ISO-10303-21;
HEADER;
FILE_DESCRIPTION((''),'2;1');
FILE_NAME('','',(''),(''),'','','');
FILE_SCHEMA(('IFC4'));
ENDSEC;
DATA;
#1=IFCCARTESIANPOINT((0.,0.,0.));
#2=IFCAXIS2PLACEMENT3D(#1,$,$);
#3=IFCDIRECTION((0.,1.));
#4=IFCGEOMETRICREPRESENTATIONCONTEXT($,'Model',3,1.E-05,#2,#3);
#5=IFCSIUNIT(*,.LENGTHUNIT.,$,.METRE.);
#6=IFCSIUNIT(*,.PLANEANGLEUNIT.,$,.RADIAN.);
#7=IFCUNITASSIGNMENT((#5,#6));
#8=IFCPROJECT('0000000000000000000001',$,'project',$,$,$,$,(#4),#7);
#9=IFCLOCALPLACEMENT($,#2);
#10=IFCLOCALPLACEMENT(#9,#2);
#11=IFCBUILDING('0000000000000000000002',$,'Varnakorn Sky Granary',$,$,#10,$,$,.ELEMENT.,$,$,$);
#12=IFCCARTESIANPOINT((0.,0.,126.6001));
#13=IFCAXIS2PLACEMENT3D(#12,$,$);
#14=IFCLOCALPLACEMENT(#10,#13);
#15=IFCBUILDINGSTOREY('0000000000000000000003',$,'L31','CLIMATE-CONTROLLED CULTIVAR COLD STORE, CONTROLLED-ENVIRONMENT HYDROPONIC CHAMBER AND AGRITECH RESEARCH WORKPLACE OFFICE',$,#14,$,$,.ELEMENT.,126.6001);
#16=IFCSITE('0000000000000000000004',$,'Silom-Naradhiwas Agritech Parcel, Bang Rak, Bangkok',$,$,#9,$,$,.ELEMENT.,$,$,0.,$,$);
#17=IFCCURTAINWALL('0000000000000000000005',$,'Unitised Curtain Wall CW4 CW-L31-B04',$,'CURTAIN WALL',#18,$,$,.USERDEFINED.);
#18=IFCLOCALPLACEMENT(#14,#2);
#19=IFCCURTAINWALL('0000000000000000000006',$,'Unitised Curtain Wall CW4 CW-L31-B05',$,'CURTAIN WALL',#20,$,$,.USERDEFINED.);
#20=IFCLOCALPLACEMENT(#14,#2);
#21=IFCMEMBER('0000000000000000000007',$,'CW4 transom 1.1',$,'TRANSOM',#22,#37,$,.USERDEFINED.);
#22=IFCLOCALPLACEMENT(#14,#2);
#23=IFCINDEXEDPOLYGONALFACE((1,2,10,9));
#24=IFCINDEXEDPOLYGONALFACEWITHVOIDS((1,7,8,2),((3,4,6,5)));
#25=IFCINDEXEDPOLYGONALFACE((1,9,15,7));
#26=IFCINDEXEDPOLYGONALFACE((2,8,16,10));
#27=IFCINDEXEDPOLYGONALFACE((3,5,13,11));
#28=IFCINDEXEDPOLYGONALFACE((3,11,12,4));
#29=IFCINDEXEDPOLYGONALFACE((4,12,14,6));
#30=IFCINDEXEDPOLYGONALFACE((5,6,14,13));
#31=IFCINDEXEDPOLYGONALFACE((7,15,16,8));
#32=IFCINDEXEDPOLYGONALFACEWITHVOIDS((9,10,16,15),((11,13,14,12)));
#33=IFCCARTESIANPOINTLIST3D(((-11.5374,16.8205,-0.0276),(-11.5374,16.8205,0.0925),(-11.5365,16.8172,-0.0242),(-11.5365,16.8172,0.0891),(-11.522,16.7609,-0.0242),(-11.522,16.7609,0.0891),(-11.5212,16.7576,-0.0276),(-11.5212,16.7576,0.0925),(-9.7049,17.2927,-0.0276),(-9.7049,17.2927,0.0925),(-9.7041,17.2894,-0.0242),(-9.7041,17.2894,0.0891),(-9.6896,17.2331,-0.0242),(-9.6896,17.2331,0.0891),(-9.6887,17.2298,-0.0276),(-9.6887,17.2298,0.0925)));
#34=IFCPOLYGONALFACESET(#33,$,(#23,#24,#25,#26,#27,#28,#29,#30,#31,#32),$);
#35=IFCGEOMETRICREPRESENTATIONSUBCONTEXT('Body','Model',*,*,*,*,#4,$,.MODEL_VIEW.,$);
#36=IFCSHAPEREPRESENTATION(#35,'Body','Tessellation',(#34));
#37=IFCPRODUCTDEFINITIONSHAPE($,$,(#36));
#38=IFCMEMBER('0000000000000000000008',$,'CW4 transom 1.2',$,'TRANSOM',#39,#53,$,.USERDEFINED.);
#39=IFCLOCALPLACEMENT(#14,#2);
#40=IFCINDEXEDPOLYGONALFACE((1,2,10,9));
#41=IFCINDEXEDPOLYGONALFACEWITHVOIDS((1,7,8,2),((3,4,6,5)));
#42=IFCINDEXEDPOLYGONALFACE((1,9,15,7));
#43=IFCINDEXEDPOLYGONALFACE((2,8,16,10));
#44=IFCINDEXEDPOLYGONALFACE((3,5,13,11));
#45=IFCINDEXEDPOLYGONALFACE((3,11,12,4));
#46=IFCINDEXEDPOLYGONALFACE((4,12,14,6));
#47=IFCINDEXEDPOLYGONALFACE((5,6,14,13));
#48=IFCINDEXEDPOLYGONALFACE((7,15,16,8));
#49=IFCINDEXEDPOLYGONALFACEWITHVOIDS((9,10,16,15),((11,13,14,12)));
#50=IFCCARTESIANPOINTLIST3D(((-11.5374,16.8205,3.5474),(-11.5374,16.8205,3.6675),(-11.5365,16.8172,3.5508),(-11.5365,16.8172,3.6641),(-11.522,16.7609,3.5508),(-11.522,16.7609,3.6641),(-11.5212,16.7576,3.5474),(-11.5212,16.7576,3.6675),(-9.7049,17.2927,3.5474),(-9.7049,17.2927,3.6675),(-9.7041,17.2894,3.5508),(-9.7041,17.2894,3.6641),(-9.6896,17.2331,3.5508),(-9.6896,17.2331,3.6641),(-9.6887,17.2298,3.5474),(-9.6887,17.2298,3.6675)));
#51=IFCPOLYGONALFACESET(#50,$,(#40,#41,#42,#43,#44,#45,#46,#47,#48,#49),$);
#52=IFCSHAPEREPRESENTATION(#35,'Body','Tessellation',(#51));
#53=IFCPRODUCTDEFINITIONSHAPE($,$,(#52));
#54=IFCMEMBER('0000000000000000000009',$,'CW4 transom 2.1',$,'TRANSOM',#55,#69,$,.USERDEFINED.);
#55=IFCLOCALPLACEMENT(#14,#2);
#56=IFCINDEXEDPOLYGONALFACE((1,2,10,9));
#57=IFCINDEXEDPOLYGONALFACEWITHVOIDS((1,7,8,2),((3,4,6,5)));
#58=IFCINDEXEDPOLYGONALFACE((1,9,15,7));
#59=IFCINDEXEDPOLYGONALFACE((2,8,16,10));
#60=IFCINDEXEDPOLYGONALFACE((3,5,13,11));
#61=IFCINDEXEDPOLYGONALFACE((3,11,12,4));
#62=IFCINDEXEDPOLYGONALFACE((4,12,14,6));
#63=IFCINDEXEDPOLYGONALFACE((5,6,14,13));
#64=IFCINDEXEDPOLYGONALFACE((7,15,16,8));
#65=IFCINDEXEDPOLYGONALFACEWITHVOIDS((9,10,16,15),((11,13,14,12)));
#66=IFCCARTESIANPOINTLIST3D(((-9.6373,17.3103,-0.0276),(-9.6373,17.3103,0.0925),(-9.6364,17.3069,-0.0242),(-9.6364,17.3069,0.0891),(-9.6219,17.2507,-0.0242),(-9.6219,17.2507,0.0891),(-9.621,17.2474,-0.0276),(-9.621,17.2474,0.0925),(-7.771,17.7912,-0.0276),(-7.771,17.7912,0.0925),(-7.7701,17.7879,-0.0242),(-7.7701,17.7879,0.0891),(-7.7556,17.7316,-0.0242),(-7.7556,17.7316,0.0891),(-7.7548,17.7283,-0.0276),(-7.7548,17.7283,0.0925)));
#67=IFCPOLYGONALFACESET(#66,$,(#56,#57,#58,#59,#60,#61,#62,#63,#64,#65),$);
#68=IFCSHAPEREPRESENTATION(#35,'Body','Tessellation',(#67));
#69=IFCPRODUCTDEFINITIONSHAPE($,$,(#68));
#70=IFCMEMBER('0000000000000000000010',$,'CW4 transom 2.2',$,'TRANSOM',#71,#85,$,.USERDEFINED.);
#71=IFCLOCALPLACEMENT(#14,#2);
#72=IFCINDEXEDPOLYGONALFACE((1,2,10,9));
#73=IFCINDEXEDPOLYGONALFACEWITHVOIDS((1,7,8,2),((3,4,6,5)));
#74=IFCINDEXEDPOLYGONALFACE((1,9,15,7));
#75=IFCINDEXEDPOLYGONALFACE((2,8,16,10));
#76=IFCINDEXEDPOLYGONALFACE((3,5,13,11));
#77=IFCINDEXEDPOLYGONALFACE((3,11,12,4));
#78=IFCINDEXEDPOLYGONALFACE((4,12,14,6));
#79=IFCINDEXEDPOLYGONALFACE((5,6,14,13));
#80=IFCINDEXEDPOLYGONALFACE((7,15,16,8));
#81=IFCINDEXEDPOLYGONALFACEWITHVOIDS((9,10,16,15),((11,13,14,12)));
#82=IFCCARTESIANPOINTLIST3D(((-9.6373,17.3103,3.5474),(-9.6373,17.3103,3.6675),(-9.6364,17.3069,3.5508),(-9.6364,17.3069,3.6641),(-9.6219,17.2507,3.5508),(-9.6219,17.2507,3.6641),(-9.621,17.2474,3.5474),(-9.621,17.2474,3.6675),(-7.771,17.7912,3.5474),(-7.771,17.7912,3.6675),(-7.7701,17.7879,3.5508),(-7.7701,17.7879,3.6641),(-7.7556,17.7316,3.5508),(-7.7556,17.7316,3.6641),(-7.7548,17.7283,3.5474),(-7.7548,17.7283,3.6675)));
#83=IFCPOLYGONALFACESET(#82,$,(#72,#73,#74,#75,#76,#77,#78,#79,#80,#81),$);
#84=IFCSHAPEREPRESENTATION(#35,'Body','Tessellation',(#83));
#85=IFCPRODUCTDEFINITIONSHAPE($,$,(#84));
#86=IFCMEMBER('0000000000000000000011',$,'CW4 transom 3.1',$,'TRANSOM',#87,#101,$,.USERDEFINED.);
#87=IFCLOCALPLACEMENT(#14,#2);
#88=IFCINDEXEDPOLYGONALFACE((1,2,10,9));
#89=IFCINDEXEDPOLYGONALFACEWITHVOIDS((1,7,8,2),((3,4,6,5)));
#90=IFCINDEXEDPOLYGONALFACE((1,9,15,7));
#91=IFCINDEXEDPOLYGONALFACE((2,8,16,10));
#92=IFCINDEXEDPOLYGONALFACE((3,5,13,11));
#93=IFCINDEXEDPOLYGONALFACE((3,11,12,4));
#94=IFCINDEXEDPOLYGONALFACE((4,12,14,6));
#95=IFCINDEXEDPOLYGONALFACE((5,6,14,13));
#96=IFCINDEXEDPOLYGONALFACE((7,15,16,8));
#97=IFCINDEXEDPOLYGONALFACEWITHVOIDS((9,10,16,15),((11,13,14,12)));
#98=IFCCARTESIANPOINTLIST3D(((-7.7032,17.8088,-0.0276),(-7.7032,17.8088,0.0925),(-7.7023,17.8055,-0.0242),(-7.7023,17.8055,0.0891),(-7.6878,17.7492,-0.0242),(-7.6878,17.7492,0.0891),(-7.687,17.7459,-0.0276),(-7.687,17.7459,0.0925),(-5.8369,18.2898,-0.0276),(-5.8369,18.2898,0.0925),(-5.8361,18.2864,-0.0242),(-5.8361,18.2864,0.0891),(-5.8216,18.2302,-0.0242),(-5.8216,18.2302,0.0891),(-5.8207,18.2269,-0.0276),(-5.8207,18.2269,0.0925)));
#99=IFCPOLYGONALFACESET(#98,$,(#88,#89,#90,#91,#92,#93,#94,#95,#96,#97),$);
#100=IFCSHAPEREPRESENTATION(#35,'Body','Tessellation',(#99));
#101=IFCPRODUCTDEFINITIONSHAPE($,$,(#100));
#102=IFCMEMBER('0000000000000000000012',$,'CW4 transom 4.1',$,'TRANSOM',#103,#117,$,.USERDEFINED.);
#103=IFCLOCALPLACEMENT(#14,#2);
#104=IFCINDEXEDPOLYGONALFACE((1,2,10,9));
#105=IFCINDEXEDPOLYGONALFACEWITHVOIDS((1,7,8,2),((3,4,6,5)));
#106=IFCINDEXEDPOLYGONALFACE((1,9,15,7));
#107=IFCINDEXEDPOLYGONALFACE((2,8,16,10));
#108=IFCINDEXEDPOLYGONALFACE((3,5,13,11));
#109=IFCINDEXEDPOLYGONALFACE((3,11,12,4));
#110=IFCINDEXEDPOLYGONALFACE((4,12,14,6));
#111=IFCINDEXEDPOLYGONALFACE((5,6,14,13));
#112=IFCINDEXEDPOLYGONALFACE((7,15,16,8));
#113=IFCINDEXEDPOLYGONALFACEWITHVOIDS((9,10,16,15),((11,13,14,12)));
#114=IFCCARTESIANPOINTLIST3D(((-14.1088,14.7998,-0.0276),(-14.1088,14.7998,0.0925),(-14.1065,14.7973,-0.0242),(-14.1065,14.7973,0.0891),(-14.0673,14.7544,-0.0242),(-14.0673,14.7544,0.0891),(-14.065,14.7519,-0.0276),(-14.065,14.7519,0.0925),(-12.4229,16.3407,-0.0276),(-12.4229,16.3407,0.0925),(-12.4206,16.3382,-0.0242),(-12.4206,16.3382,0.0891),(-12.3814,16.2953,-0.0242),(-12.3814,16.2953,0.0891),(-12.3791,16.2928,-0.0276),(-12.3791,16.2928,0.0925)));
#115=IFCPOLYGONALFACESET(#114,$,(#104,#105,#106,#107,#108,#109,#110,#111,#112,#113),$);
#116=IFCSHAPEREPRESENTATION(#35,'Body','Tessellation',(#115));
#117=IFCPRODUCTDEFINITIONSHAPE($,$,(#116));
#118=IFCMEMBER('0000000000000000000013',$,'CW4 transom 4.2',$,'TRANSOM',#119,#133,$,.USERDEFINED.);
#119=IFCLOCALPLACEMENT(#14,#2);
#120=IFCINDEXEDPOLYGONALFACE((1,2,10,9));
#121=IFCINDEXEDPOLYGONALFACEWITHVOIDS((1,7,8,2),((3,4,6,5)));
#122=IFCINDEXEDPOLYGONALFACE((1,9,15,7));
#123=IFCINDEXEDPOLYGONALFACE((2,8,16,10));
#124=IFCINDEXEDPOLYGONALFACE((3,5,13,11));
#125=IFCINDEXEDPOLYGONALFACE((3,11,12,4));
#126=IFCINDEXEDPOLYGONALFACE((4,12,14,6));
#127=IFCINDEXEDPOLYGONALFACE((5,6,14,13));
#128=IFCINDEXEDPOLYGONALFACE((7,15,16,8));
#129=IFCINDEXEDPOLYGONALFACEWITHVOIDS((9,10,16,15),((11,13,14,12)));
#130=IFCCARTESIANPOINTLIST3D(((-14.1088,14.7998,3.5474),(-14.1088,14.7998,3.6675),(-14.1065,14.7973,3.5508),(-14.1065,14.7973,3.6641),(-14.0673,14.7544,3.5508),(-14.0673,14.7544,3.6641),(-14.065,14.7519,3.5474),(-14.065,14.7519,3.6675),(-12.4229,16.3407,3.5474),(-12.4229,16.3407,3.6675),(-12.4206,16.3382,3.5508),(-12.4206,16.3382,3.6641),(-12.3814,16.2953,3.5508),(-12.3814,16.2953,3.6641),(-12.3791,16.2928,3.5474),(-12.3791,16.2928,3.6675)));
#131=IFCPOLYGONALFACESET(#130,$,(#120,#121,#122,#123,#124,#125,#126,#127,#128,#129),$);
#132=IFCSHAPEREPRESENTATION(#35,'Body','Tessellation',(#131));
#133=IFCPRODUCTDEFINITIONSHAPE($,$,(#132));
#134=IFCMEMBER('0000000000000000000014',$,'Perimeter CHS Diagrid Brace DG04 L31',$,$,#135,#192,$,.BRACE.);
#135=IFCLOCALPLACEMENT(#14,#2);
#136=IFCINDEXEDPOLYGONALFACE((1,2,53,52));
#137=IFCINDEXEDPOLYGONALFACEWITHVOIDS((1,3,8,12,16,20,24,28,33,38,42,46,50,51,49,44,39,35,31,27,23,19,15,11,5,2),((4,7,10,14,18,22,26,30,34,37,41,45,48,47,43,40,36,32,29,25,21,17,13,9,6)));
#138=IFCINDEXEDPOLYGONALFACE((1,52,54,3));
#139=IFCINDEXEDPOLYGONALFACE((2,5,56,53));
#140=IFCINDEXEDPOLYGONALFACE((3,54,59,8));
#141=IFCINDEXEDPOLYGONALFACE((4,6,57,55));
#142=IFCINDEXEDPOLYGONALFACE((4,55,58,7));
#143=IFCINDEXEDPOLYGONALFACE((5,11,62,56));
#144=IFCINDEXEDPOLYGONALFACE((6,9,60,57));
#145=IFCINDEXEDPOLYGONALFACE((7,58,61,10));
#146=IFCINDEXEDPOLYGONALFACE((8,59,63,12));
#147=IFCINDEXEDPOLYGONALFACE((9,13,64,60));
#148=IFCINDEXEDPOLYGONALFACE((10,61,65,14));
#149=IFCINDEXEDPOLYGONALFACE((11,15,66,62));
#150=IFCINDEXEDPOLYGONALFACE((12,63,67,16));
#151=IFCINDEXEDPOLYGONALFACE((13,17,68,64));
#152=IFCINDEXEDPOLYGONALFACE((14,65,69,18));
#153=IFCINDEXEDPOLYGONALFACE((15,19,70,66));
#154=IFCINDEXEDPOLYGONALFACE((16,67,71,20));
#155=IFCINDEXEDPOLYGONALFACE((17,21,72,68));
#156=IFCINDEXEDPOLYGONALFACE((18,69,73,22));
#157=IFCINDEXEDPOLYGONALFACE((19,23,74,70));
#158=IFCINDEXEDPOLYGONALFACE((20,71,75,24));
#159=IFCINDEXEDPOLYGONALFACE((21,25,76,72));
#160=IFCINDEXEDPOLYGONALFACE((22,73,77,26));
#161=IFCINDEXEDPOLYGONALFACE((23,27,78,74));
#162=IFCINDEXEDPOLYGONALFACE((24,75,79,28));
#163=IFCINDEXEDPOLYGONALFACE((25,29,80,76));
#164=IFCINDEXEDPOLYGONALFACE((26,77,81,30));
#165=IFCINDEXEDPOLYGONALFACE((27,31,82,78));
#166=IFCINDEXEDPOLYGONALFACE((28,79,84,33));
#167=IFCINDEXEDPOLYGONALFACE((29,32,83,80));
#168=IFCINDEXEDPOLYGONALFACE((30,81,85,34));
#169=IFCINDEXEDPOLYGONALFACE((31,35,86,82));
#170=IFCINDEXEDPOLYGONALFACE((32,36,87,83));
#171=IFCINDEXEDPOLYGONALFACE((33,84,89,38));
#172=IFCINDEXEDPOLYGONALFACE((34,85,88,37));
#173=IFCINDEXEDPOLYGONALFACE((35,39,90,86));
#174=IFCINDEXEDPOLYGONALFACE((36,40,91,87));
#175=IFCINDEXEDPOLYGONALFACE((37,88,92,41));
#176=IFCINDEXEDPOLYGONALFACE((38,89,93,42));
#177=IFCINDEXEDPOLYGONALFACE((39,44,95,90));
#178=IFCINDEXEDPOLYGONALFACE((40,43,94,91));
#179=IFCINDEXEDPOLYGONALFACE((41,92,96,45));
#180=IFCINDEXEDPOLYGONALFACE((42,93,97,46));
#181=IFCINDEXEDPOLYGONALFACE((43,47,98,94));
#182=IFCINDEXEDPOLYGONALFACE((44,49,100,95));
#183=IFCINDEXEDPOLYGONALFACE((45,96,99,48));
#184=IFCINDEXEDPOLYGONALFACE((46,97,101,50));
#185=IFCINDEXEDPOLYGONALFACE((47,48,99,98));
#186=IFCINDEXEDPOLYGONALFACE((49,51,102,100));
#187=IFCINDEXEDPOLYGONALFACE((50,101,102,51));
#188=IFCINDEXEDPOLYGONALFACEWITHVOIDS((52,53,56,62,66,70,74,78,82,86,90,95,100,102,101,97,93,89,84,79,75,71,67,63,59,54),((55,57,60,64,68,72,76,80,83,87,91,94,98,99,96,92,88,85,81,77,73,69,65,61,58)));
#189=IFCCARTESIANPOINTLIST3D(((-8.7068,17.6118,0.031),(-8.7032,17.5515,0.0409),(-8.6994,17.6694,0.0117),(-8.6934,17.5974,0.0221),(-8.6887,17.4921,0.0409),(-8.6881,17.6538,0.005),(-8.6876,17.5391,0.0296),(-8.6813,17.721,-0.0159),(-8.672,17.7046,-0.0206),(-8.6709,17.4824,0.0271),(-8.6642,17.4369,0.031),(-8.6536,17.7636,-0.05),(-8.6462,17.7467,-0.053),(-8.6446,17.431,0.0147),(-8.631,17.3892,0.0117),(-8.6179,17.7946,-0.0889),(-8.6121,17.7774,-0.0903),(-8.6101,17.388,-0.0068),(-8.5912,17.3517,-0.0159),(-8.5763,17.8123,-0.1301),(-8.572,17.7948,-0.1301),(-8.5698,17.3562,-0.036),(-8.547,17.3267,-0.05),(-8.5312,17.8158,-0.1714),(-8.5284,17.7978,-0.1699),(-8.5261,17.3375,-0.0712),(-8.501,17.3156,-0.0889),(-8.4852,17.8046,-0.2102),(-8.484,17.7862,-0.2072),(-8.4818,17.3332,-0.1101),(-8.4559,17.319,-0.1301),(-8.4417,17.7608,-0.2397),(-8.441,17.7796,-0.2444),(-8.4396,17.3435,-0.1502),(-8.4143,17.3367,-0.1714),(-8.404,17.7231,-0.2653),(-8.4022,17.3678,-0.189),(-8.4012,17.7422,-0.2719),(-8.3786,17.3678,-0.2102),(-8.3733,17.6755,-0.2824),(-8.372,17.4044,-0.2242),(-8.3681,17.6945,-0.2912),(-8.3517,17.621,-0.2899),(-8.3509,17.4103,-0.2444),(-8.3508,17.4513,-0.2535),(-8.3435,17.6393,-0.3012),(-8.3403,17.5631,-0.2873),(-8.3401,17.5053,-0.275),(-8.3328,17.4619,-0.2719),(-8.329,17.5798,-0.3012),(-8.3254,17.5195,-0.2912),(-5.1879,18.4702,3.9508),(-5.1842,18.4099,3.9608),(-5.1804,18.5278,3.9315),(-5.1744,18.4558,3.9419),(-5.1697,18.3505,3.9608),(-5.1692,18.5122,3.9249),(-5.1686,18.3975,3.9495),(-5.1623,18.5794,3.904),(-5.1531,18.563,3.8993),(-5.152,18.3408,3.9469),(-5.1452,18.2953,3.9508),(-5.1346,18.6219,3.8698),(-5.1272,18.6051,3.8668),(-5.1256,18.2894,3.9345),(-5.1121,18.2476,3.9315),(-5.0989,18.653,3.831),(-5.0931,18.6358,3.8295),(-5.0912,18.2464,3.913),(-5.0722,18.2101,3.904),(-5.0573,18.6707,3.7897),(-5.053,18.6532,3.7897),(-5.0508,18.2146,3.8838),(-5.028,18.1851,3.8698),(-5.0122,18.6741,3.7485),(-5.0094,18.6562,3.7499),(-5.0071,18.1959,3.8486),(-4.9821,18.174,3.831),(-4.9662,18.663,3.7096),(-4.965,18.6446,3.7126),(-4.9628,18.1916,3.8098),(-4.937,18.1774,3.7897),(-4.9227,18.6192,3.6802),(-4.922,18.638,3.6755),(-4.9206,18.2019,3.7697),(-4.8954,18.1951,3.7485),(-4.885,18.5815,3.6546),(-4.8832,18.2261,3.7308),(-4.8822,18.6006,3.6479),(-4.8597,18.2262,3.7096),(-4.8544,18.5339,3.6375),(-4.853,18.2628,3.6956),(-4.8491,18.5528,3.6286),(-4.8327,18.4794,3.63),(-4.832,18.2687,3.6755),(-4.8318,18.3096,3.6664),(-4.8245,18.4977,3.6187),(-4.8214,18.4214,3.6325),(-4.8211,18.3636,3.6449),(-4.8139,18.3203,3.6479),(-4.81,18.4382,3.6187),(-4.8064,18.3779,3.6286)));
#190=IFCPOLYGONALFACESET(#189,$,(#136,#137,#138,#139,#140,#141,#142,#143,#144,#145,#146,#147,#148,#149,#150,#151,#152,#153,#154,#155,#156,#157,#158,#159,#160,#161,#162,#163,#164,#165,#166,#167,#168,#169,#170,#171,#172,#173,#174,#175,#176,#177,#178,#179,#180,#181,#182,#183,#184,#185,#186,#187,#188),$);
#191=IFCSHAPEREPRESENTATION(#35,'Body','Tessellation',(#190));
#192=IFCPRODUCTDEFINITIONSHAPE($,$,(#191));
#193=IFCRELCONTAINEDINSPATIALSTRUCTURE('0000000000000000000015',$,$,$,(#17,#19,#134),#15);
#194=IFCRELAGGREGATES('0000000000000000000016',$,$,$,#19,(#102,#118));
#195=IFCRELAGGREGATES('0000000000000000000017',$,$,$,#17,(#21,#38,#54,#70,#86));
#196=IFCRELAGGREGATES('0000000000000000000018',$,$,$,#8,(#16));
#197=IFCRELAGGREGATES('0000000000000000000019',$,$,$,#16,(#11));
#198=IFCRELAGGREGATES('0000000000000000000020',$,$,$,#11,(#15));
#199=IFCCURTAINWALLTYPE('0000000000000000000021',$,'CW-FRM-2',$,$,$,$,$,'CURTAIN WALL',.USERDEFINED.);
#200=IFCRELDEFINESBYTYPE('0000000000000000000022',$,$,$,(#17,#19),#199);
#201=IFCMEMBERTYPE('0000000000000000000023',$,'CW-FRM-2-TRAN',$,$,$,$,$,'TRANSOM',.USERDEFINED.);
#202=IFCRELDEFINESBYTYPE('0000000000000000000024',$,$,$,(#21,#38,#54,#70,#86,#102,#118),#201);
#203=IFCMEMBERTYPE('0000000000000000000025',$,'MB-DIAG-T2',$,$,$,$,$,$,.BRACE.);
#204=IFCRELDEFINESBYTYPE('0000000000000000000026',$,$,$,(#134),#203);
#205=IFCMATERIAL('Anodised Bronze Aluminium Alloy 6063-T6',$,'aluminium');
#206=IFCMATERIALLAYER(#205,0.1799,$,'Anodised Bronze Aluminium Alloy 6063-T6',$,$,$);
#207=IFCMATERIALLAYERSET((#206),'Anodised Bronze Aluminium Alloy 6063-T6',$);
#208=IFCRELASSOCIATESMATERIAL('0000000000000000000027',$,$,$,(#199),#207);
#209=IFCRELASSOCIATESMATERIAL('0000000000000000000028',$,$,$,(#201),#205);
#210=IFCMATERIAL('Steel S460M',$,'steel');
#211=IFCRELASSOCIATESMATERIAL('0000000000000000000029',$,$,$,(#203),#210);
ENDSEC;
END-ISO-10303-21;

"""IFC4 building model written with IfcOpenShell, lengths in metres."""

from ifc_helpers import new_model, si_unit, direction, frame, origin, origin_2d, place, context, subcontext, project, spatial, hollow_rectangle, hollow_circle, extrude, material, layer, layer_set, material_profile, profile_set, type_object, element, aggregate, save


model = new_model("IFC4")

# Units and contexts
model_context = context("Model", 3, precision=1e-05, world=origin(), true_north=direction((0.0, 1.0)))
body_context = subcontext(model_context, "Body", "Model", "MODEL_VIEW")
ifc_project = project(units=[si_unit("LENGTHUNIT", "METRE"), si_unit("PLANEANGLEUNIT", "RADIAN")], contexts=[model_context])

# Site, building, storey
site_placement = place(None, origin())
site = spatial("IfcSite", under=ifc_project, at=site_placement, Name="Silom-Naradhiwas Agritech Parcel, Bang Rak, Bangkok", CompositionType="ELEMENT", RefElevation=0.0)
building_placement = place(site_placement, origin())
building = spatial("IfcBuilding", under=site, at=building_placement, Name="Varnakorn Sky Granary", CompositionType="ELEMENT")
storey_placement = place(building_placement, frame((0.0, 0.0, 126.6001)))
storey = spatial("IfcBuildingStorey", under=building, at=storey_placement, Name="L31", Description="CLIMATE-CONTROLLED CULTIVAR COLD STORE, CONTROLLED-ENVIRONMENT HYDROPONIC CHAMBER AND AGRITECH RESEARCH WORKPLACE OFFICE", CompositionType="ELEMENT", Elevation=126.6001)

# Shared definitions
ifc_material_1 = material(Name="Steel S460M", Category="steel")

# Curtain walls
ifc_material_2 = material(Name="Anodised Bronze Aluminium Alloy 6063-T6", Category="aluminium")
ifc_layer_1 = layer(ifc_material_2, 0.1799, Name="Anodised Bronze Aluminium Alloy 6063-T6")
ifc_layer_set_1 = layer_set([ifc_layer_1], Name="Anodised Bronze Aluminium Alloy 6063-T6")
curtain_wall_type = type_object("IfcCurtainWallType", Name="CW-FRM-2", ElementType="CURTAIN WALL", PredefinedType="USERDEFINED", material=ifc_layer_set_1)
curtain_wall_1_placement = place(storey_placement, origin())
curtain_wall_1 = element("IfcCurtainWall", 1, at=curtain_wall_1_placement, inside=storey, type_object=curtain_wall_type, Name="Unitised Curtain Wall CW4 CW-L31-B04", ObjectType="CURTAIN WALL", PredefinedType="USERDEFINED")
curtain_wall_2_placement = place(storey_placement, origin())
curtain_wall_2 = element("IfcCurtainWall", 2, at=curtain_wall_2_placement, inside=storey, type_object=curtain_wall_type, Name="Unitised Curtain Wall CW4 CW-L31-B05", ObjectType="CURTAIN WALL", PredefinedType="USERDEFINED")

# Members
ifc_material_profile_1 = material_profile(ifc_material_2, hollow_rectangle(XDim=0.0649, YDim=0.1201, WallThickness=0.0034, at=origin_2d()), Name="ALU TRAN 65x120")
ifc_profile_set_1 = profile_set([ifc_material_profile_1], Name="Anodised Bronze Aluminium Alloy 6063-T6")
member_type_1 = type_object("IfcMemberType", Name="CW-FRM-2-TRAN", ElementType="TRANSOM", PredefinedType="USERDEFINED", material=ifc_profile_set_1)
member_1_placement = place(storey_placement, frame((-11.5293, 16.7891, 0.0325), z_axis=(0.968372, 0.249511, 0.0), x_axis=(-0.249511, 0.968372, 0.0)))
member_1 = element("IfcMember", 3, at=member_1_placement, type_object=member_type_1, Name="CW4 transom 1.1", ObjectType="TRANSOM", PredefinedType="USERDEFINED", context=body_context, shape_type="SweptSolid", body=[
    extrude(hollow_rectangle(XDim=0.0649, YDim=0.1201, WallThickness=0.0034, at=origin_2d()), origin(), (0.0, 0.0, 1.0), 1.8923),
])
member_2_placement = place(storey_placement, frame((-11.5293, 16.7891, 3.6074), z_axis=(0.968372, 0.249511, 0.0), x_axis=(-0.249511, 0.968372, 0.0)))
member_2 = element("IfcMember", 4, at=member_2_placement, type_object=member_type_1, Name="CW4 transom 1.2", ObjectType="TRANSOM", PredefinedType="USERDEFINED", context=body_context, shape_type="SweptSolid", body=[
    extrude(hollow_rectangle(XDim=0.0649, YDim=0.1201, WallThickness=0.0034, at=origin_2d()), origin(), (0.0, 0.0, 1.0), 1.8923),
])
member_3_placement = place(storey_placement, frame((-9.6292, 17.2788, 0.0325), z_axis=(0.968358, 0.249564, 0.0), x_axis=(-0.249564, 0.968358, 0.0)))
member_3 = element("IfcMember", 5, at=member_3_placement, type_object=member_type_1, Name="CW4 transom 2.1", ObjectType="TRANSOM", PredefinedType="USERDEFINED", context=body_context, shape_type="SweptSolid", body=[
    extrude(hollow_rectangle(XDim=0.0649, YDim=0.1201, WallThickness=0.0034, at=origin_2d()), origin(), (0.0, 0.0, 1.0), 1.9272),
])
member_4_placement = place(storey_placement, frame((-9.6292, 17.2788, 3.6074), z_axis=(0.968358, 0.249564, 0.0), x_axis=(-0.249564, 0.968358, 0.0)))
member_4 = element("IfcMember", 6, at=member_4_placement, type_object=member_type_1, Name="CW4 transom 2.2", ObjectType="TRANSOM", PredefinedType="USERDEFINED", context=body_context, shape_type="SweptSolid", body=[
    extrude(hollow_rectangle(XDim=0.0649, YDim=0.1201, WallThickness=0.0034, at=origin_2d()), origin(), (0.0, 0.0, 1.0), 1.9272),
])
member_5_placement = place(storey_placement, frame((-7.6951, 17.7773, 0.0325), z_axis=(0.968358, 0.249564, 0.0), x_axis=(-0.249564, 0.968358, 0.0)))
member_5 = element("IfcMember", 7, at=member_5_placement, type_object=member_type_1, Name="CW4 transom 3.1", ObjectType="TRANSOM", PredefinedType="USERDEFINED", context=body_context, shape_type="SweptSolid", body=[
    extrude(hollow_rectangle(XDim=0.0649, YDim=0.1201, WallThickness=0.0034, at=origin_2d()), origin(), (0.0, 0.0, 1.0), 1.9272),
])
member_6_placement = place(storey_placement, frame((-14.0869, 14.7759, 0.0325), z_axis=(0.738143, 0.674644, 0.0), x_axis=(-0.674644, 0.738143, 0.0)))
member_6 = element("IfcMember", 8, at=member_6_placement, type_object=member_type_1, Name="CW4 transom 4.1", ObjectType="TRANSOM", PredefinedType="USERDEFINED", context=body_context, shape_type="SweptSolid", body=[
    extrude(hollow_rectangle(XDim=0.0649, YDim=0.1201, WallThickness=0.0034, at=origin_2d()), origin(), (0.0, 0.0, 1.0), 2.2839),
])
member_7_placement = place(storey_placement, frame((-14.0869, 14.7759, 3.6074), z_axis=(0.738143, 0.674644, 0.0), x_axis=(-0.674644, 0.738143, 0.0)))
member_7 = element("IfcMember", 9, at=member_7_placement, type_object=member_type_1, Name="CW4 transom 4.2", ObjectType="TRANSOM", PredefinedType="USERDEFINED", context=body_context, shape_type="SweptSolid", body=[
    extrude(hollow_rectangle(XDim=0.0649, YDim=0.1201, WallThickness=0.0034, at=origin_2d()), origin(), (0.0, 0.0, 1.0), 2.2839),
])

# Member
ifc_material_profile_2 = material_profile(ifc_material_1, hollow_circle(Radius=0.2539, WallThickness=0.0181, at=origin_2d()), Name="CHS 508x18")
ifc_profile_set_2 = profile_set([ifc_material_profile_2], Name="Steel S460M")
member_type_2 = type_object("IfcMemberType", Name="MB-DIAG-T2", PredefinedType="BRACE", material=ifc_profile_set_2)
member_8_placement = place(storey_placement, frame((-8.5161, 17.5657, -0.1301), z_axis=(0.659336, 0.160831, 0.734445), x_axis=(-0.236981, 0.971514, 0.0)))
element("IfcMember", 10, at=member_8_placement, inside=storey, type_object=member_type_2, Name="Perimeter CHS Diagrid Brace DG04 L31", PredefinedType="BRACE", context=body_context, shape_type="SweptSolid", body=[
    extrude(hollow_circle(Radius=0.2539, WallThickness=0.0181, at=origin_2d()), origin(), (0.0, 0.0, 1.0), 5.3372),
])

aggregate(curtain_wall_2, [member_6, member_7])
aggregate(curtain_wall_1, [member_1, member_2, member_3, member_4, member_5])

save(model, "model.ifc")
